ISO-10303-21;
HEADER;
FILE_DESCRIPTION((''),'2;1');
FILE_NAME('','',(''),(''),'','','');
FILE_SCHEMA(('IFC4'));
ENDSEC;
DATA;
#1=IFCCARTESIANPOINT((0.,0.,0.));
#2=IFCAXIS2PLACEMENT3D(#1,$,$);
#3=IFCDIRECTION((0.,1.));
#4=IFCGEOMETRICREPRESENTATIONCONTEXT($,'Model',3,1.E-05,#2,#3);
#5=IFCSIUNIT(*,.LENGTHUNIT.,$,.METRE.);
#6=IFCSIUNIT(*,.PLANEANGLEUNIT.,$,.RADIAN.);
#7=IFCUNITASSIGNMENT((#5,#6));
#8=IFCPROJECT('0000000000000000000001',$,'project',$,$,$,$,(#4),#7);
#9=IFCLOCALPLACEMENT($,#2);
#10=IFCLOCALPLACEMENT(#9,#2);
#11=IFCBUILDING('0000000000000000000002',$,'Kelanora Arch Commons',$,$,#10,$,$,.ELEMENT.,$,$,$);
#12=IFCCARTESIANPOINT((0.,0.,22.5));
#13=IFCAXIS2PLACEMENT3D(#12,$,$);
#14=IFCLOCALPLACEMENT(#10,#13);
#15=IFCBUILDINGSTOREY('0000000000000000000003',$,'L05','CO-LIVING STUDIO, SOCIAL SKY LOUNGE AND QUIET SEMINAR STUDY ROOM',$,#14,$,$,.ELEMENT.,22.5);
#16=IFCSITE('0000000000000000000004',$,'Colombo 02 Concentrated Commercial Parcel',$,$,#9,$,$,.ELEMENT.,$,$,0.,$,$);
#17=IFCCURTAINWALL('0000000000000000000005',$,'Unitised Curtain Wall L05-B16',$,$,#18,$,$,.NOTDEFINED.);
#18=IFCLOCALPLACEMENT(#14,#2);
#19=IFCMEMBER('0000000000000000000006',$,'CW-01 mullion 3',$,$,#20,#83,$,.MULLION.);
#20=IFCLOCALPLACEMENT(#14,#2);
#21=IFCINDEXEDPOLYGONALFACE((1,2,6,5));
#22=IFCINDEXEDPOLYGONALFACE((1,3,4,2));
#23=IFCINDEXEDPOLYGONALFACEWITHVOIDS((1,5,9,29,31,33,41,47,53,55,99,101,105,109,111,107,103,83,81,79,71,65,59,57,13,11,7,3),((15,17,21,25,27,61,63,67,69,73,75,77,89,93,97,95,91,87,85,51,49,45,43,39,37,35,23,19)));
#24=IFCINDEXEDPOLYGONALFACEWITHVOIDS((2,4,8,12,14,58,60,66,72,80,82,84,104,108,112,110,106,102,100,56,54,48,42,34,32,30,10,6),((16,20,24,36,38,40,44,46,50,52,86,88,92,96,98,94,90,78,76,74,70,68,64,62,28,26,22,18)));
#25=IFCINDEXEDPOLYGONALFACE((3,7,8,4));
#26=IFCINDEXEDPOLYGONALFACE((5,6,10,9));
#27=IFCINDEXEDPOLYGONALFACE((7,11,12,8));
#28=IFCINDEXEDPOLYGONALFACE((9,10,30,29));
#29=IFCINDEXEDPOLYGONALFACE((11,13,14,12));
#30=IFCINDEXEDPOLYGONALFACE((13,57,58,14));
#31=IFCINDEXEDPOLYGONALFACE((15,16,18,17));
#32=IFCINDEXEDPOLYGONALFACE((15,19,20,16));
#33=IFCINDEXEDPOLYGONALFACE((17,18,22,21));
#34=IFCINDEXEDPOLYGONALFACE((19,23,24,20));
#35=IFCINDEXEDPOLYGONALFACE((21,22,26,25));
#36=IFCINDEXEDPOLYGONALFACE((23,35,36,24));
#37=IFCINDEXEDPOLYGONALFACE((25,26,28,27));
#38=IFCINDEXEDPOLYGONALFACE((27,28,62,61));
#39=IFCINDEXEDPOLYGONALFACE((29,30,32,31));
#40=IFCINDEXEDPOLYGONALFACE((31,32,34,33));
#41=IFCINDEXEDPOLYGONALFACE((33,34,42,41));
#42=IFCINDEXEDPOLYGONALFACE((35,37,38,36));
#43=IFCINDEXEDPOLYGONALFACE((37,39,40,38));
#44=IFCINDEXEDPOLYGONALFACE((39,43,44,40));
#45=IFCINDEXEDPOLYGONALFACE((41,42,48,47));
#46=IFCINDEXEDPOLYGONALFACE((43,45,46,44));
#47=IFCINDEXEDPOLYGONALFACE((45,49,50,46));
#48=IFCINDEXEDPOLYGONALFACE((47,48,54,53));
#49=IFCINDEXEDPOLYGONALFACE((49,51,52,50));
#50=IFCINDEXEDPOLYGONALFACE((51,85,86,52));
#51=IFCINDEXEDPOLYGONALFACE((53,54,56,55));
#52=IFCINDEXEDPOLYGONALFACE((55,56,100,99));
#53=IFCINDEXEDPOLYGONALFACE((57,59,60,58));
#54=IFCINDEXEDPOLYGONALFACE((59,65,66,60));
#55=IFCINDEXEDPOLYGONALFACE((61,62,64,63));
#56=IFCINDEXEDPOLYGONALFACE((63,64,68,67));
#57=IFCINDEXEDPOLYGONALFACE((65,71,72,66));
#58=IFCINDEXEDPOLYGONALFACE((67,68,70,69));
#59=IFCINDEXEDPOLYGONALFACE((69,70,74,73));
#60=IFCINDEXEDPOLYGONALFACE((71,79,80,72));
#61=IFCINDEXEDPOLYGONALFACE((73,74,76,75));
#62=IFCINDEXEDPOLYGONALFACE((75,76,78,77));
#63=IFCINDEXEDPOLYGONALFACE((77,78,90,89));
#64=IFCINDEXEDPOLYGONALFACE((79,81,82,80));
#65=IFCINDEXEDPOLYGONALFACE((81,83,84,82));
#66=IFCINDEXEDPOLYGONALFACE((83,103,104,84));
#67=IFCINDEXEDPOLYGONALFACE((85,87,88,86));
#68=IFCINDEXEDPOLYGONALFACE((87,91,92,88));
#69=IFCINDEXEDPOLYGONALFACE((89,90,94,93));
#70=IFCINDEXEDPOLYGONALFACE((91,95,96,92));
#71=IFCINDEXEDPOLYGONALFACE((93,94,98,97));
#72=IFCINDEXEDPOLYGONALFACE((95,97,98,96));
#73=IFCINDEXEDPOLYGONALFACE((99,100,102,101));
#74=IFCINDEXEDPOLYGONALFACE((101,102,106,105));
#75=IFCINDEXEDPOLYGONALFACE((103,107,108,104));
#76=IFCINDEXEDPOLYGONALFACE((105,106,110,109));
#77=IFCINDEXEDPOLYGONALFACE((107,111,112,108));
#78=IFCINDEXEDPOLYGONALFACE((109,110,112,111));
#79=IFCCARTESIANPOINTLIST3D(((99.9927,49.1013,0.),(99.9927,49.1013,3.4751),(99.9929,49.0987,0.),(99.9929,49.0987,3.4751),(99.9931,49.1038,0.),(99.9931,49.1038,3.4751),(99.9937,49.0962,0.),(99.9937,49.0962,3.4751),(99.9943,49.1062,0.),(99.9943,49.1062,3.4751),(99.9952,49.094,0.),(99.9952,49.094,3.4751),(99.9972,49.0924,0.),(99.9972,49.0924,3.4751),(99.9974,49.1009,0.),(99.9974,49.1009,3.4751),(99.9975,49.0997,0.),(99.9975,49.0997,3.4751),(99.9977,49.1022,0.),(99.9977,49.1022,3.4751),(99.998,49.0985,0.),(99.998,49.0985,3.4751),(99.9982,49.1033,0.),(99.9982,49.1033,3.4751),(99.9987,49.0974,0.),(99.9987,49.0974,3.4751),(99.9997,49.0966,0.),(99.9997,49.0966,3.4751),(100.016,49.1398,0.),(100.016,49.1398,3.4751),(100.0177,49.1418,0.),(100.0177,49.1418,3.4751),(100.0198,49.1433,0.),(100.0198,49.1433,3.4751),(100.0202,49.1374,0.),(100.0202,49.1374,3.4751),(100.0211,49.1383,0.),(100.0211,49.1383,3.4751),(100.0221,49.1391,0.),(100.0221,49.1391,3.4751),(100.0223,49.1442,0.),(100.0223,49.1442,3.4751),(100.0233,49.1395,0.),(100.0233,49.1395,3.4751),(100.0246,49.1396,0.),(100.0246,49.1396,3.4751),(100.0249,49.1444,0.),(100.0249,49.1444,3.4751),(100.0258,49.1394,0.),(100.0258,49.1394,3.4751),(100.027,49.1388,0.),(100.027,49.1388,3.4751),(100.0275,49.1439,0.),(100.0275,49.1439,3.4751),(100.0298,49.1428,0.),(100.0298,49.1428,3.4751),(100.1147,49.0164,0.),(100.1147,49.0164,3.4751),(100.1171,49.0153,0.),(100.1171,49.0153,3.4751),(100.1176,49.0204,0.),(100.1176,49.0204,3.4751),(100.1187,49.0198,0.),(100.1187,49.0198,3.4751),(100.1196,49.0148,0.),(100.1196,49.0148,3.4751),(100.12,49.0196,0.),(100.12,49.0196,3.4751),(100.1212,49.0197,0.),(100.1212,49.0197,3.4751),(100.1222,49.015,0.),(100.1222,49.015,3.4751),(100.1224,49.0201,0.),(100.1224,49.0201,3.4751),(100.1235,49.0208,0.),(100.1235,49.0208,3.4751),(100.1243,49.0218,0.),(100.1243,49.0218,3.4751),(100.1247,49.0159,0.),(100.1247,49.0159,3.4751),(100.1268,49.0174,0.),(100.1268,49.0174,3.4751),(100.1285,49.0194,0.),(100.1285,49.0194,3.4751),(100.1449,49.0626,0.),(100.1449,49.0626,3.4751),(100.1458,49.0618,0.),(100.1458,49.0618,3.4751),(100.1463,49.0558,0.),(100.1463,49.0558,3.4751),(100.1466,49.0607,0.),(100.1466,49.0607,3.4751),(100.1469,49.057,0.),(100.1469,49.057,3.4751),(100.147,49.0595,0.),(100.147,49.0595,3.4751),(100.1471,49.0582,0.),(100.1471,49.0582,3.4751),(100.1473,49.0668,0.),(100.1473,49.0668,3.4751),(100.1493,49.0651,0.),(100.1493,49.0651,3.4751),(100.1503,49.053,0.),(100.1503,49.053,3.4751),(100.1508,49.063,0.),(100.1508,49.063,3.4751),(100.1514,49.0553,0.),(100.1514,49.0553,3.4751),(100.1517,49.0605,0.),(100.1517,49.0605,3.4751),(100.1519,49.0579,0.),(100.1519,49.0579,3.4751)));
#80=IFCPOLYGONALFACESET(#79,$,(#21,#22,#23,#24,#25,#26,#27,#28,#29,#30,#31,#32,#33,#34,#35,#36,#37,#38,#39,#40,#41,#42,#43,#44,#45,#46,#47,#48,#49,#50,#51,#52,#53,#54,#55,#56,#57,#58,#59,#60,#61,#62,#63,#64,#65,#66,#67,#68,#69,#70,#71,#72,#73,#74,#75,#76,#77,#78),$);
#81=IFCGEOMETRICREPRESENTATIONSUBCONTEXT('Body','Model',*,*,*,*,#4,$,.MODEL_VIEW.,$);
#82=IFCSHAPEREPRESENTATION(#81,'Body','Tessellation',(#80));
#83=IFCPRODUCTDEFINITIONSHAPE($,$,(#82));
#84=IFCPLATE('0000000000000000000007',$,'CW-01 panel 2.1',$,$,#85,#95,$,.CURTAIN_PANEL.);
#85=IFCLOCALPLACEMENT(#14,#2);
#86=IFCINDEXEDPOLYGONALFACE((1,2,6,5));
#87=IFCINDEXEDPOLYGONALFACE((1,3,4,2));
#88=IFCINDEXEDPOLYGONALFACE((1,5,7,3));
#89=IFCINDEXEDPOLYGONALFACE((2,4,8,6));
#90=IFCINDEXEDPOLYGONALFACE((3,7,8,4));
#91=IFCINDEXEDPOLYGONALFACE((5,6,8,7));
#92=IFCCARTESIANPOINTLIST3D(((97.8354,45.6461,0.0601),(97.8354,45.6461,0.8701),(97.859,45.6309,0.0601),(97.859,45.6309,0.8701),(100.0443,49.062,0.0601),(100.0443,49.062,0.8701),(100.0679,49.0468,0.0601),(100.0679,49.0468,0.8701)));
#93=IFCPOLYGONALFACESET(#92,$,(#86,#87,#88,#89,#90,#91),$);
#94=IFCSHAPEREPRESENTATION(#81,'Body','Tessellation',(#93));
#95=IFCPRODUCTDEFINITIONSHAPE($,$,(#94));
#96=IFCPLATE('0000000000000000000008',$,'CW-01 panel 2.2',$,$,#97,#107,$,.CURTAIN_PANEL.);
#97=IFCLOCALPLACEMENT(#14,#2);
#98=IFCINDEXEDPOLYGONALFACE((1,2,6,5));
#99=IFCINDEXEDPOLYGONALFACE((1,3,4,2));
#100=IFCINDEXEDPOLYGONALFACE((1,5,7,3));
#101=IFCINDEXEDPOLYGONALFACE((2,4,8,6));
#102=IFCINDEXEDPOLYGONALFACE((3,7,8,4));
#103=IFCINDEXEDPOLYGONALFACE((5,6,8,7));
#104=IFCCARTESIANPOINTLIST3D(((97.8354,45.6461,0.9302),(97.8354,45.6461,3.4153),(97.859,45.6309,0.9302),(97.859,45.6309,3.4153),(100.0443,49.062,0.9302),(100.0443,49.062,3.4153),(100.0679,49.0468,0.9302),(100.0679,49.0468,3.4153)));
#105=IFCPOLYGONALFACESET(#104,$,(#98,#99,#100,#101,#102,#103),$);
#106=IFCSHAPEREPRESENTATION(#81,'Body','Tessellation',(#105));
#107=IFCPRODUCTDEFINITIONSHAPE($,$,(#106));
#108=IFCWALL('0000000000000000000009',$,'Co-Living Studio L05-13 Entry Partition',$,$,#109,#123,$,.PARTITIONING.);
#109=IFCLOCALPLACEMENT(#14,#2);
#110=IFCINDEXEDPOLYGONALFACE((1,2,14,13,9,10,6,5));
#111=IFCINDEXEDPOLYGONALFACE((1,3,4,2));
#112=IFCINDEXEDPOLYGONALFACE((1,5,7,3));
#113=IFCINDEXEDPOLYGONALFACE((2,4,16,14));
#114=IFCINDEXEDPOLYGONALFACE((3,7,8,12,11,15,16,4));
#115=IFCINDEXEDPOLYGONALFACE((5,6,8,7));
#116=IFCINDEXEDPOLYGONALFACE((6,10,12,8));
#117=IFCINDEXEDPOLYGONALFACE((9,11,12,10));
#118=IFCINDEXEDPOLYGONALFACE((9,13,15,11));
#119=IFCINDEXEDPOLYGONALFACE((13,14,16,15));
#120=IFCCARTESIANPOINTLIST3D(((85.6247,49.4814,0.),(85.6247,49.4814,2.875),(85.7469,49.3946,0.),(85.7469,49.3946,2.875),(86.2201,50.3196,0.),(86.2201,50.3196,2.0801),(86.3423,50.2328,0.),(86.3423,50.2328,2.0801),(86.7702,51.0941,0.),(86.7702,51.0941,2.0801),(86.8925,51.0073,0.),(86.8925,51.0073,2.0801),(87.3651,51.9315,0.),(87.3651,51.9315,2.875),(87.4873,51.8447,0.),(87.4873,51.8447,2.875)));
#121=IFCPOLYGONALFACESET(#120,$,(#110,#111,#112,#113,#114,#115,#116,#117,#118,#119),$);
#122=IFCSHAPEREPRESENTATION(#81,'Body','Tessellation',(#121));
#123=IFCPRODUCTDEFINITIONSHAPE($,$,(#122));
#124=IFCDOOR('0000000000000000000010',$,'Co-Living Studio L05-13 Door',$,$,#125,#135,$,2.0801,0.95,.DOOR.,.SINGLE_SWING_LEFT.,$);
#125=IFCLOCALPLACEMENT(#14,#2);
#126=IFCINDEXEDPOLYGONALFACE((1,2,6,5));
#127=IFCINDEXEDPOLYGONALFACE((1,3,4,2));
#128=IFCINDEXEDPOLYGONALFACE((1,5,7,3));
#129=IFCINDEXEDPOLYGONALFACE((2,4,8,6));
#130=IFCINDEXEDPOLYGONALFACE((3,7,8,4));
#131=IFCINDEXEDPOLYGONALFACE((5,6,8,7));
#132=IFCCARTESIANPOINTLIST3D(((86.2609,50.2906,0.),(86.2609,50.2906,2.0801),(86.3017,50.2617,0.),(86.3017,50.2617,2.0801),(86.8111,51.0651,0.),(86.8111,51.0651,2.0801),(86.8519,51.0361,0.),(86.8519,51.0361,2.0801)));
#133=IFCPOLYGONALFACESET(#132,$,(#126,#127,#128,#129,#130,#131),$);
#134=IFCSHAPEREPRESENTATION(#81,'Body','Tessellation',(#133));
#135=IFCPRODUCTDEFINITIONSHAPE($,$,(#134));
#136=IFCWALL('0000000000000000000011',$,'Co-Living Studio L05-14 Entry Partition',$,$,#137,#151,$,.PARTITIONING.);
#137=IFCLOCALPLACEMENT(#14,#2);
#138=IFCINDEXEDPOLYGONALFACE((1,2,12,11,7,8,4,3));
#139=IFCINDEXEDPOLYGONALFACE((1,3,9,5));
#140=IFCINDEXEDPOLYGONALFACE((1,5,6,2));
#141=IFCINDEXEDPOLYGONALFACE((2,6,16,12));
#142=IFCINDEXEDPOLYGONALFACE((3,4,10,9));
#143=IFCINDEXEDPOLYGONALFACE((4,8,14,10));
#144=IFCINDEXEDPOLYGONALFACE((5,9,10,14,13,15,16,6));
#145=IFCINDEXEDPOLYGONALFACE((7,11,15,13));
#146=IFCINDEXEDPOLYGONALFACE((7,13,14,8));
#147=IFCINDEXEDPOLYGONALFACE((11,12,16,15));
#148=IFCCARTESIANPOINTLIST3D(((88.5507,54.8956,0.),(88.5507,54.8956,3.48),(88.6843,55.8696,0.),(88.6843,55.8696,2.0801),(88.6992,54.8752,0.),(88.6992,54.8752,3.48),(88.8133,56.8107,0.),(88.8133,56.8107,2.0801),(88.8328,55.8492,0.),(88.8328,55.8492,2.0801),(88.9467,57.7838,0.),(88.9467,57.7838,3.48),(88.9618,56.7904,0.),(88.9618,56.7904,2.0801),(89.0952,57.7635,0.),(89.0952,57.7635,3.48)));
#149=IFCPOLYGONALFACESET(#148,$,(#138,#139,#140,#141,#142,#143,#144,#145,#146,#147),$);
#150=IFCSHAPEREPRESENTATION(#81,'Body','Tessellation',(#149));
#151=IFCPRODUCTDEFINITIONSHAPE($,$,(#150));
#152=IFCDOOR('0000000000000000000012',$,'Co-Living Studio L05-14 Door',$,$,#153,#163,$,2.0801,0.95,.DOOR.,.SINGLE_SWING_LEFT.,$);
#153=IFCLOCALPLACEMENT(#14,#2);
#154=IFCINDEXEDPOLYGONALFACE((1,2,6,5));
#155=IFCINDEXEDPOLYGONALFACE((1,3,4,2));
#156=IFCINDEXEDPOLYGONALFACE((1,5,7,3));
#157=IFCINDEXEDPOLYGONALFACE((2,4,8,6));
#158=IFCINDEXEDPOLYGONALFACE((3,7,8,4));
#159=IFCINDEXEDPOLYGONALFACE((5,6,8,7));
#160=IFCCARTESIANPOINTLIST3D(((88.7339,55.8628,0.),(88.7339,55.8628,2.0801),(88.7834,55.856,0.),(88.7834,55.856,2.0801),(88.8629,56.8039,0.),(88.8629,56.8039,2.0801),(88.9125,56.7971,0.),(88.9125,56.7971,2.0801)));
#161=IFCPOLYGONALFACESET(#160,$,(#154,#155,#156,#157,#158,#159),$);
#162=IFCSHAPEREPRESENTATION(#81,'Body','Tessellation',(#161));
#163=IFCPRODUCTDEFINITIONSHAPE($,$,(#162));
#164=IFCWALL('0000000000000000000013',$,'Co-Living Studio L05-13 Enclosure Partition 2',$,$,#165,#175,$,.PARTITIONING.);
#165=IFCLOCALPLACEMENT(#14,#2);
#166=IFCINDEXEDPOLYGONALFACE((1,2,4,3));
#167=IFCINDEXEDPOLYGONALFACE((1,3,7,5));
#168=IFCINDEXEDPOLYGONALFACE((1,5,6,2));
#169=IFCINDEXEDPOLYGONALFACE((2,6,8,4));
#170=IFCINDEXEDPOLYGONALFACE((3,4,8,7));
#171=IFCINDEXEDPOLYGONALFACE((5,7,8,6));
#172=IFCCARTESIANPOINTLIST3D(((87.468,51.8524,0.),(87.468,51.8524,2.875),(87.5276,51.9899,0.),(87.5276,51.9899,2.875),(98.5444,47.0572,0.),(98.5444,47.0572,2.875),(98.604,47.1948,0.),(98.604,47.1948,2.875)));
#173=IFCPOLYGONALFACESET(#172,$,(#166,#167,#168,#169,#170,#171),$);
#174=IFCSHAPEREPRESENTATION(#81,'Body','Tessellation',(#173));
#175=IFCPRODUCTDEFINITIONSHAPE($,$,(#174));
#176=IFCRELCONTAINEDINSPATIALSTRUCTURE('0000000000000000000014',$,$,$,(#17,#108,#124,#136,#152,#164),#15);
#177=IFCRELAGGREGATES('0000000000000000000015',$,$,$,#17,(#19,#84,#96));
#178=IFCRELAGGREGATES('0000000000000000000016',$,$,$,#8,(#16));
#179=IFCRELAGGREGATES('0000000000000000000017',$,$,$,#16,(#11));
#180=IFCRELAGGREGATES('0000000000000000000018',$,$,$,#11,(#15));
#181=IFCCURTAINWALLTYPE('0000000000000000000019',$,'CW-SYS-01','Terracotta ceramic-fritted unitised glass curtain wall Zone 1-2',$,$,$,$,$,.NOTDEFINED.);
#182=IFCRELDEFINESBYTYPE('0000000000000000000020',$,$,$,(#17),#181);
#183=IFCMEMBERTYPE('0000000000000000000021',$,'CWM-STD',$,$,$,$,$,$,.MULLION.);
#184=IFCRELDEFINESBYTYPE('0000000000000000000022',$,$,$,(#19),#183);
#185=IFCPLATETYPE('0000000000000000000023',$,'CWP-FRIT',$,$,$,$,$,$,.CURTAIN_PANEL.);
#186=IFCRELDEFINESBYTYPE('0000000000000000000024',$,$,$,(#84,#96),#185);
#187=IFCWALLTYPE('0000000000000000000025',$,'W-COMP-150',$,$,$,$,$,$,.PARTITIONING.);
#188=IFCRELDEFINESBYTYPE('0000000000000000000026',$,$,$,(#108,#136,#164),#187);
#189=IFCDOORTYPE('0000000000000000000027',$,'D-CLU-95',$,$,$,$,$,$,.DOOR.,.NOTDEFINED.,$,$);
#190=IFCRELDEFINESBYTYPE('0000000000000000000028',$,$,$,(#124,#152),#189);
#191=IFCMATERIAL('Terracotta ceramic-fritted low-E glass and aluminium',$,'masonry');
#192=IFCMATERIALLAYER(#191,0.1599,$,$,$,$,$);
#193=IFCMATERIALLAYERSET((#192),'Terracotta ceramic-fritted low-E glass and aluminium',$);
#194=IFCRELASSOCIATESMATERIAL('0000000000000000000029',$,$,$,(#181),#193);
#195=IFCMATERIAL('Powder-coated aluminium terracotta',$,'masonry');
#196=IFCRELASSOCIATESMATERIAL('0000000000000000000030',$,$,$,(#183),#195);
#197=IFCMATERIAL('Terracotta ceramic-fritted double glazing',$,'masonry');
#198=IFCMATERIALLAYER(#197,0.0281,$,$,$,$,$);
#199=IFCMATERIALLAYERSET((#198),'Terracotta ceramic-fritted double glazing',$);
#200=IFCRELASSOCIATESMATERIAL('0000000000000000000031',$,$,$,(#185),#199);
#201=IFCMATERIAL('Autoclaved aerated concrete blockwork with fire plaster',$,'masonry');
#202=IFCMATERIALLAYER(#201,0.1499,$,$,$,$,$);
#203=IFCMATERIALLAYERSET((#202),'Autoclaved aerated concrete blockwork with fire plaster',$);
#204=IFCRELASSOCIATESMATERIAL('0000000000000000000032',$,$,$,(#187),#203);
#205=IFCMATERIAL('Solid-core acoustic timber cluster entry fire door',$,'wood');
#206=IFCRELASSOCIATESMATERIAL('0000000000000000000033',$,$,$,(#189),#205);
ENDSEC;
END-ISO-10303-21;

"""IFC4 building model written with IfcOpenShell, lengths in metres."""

from ifc_helpers import new_model, si_unit, direction, frame, frame_2d, origin, origin_2d, place, context, subcontext, project, spatial, rectangle, hollow_rectangle, extrude, source, transform, mapped, material, layer, layer_set, material_profile, profile_set, type_object, element, fill, aggregate, save


model = new_model("IFC4")

# Units and contexts
model_context = context("Model", 3, precision=1e-05, world=origin(), true_north=direction((0.0, 1.0)))
body_context = subcontext(model_context, "Body", "Model", "MODEL_VIEW")
ifc_project = project(units=[si_unit("LENGTHUNIT", "METRE"), si_unit("PLANEANGLEUNIT", "RADIAN")], contexts=[model_context])

# Site, building, storey
site_placement = place(None, origin())
site = spatial("IfcSite", under=ifc_project, at=site_placement, Name="Colombo 02 Concentrated Commercial Parcel", CompositionType="ELEMENT", RefElevation=0.0)
building_placement = place(site_placement, origin())
building = spatial("IfcBuilding", under=site, at=building_placement, Name="Kelanora Arch Commons", CompositionType="ELEMENT")
storey_placement = place(building_placement, frame((0.0, 0.0, 22.5)))
storey = spatial("IfcBuildingStorey", under=building, at=storey_placement, Name="L05", Description="CO-LIVING STUDIO, SOCIAL SKY LOUNGE AND QUIET SEMINAR STUDY ROOM", CompositionType="ELEMENT", Elevation=22.5)

# Curtain wall, member, plates
ifc_material_1 = material(Name="Terracotta ceramic-fritted low-E glass and aluminium", Category="masonry")
ifc_layer_1 = layer(ifc_material_1, 0.1599)
ifc_layer_set_1 = layer_set([ifc_layer_1], Name="Terracotta ceramic-fritted low-E glass and aluminium")
curtain_wall_type = type_object("IfcCurtainWallType", Name="CW-SYS-01", Description="Terracotta ceramic-fritted unitised glass curtain wall Zone 1-2", PredefinedType="NOTDEFINED", material=ifc_layer_set_1)
curtain_wall_placement = place(storey_placement, origin())
curtain_wall = element("IfcCurtainWall", 1, at=curtain_wall_placement, inside=storey, type_object=curtain_wall_type, Name="Unitised Curtain Wall L05-B16", PredefinedType="NOTDEFINED")
ifc_material_2 = material(Name="Powder-coated aluminium terracotta", Category="masonry")
ifc_material_profile_1 = material_profile(ifc_material_2, hollow_rectangle(XDim=0.1599, YDim=0.0601, WallThickness=0.0049, InnerFilletRadius=0.0049, OuterFilletRadius=0.01, at=origin_2d()), Name="CWM160x60")
ifc_profile_set_1 = profile_set([ifc_material_profile_1], Name="Powder-coated aluminium terracotta")
member_type = type_object("IfcMemberType", Name="CWM-STD", PredefinedType="MULLION", material=ifc_profile_set_1)
member_placement = place(storey_placement, frame((100.0723, 49.0796, 0.0), z_axis=(0.0, 0.0, 1.0), x_axis=(-0.83973, 0.543004, 0.0)))
member = element("IfcMember", 2, at=member_placement, type_object=member_type, Name="CW-01 mullion 3", PredefinedType="MULLION", context=body_context, shape_type="SweptSolid", body=[
    extrude(hollow_rectangle(XDim=0.1599, YDim=0.0601, WallThickness=0.0049, InnerFilletRadius=0.0049, OuterFilletRadius=0.01, at=origin_2d()), origin(), (0.0, 0.0, 1.0), 3.4751),
])
ifc_material_3 = material(Name="Terracotta ceramic-fritted double glazing", Category="masonry")
ifc_layer_2 = layer(ifc_material_3, 0.0281)
ifc_layer_set_2 = layer_set([ifc_layer_2], Name="Terracotta ceramic-fritted double glazing")
plate_type = type_object("IfcPlateType", Name="CWP-FRIT", PredefinedType="CURTAIN_PANEL", material=ifc_layer_set_2)
shared_shape_1 = source(origin(), body_context, "Body", "SweptSolid", [
    extrude(rectangle(XDim=4.0679, YDim=0.0281, at=origin_2d()), origin(), (0.0, 0.0, 1.0), 0.8101),
])
plate_1_placement = place(storey_placement, frame((98.9517, 47.3464, 0.0601), z_axis=(0.0, 0.0, 1.0), x_axis=(0.543004, 0.83973, 0.0)))
plate_1 = element("IfcPlate", 3, at=plate_1_placement, type_object=plate_type, Name="CW-01 panel 2.1", PredefinedType="CURTAIN_PANEL", context=body_context, shape_type="MappedRepresentation", body=[
    mapped(shared_shape_1, transform((0.0, 0.0, 0.0), scale=1.0)),
])
shared_shape_2 = source(origin(), body_context, "Body", "SweptSolid", [
    extrude(rectangle(XDim=4.0679, YDim=0.0281, at=origin_2d()), origin(), (0.0, 0.0, 1.0), 2.4851),
])
plate_2_placement = place(storey_placement, frame((98.9517, 47.3464, 0.9302), z_axis=(0.0, 0.0, 1.0), x_axis=(0.543004, 0.83973, 0.0)))
plate_2 = element("IfcPlate", 4, at=plate_2_placement, type_object=plate_type, Name="CW-01 panel 2.2", PredefinedType="CURTAIN_PANEL", context=body_context, shape_type="MappedRepresentation", body=[
    mapped(shared_shape_2, transform((0.0, 0.0, 0.0), scale=1.0)),
])
aggregate(curtain_wall, [member, plate_1, plate_2])

# Walls, openings, doors
ifc_material_4 = material(Name="Autoclaved aerated concrete blockwork with fire plaster", Category="masonry")
ifc_layer_3 = layer(ifc_material_4, 0.1499)
ifc_layer_set_3 = layer_set([ifc_layer_3], Name="Autoclaved aerated concrete blockwork with fire plaster")
wall_type_1 = type_object("IfcWallType", Name="W-COMP-150", PredefinedType="PARTITIONING", material=ifc_layer_set_3)
wall_1_placement = place(storey_placement, frame((85.6858, 49.438, 0.0), z_axis=(0.0, 0.0, 1.0), x_axis=(0.579108, 0.815251, 0.0)))
wall_1 = element("IfcWall", 5, at=wall_1_placement, inside=storey, type_object=wall_type_1, Name="Co-Living Studio L05-13 Entry Partition", PredefinedType="PARTITIONING", context=body_context, shape_type="SweptSolid", body=[
    extrude(rectangle(XDim=3.0054, YDim=0.1499, at=frame_2d((1.5027, 0.0))), origin(), (0.0, 0.0, 1.0), 2.875),
])
opening_1_placement = place(wall_1_placement, frame((1.0281, 0.0, 0.0)))
opening_1 = element("IfcOpeningElement", 6, at=opening_1_placement, cuts=wall_1, PredefinedType="OPENING", context=body_context, shape_type="SweptSolid", body=[
    extrude(rectangle(XDim=0.95, YDim=2.0801, at=frame_2d((0.4751, 1.04))), frame((0.0, 0.085, 0.0), z_axis=(0.0, -1.0, 0.0), x_axis=(1.0, 0.0, 0.0)), (0.0, 0.0, 1.0), 0.1699),
])
ifc_material_5 = material(Name="Solid-core acoustic timber cluster entry fire door", Category="wood")
door_type_1 = type_object("IfcDoorType", Name="D-CLU-95", OperationType="NOTDEFINED", PredefinedType="DOOR", material=ifc_material_5)
door_1_placement = place(opening_1_placement, origin())
door_1 = element("IfcDoor", 7, at=door_1_placement, inside=storey, type_object=door_type_1, Name="Co-Living Studio L05-13 Door", OperationType="SINGLE_SWING_LEFT", OverallHeight=2.0801, OverallWidth=0.95, PredefinedType="DOOR", context=body_context, shape_type="SweptSolid", body=[
    extrude(rectangle(XDim=0.95, YDim=2.0801, at=frame_2d((0.4751, 1.04))), frame((0.0, 0.0249, 0.0), z_axis=(0.0, -1.0, 0.0), x_axis=(1.0, 0.0, 0.0)), (0.0, 0.0, 1.0), 0.05),
])
fill(opening_1, door_1)
wall_2_placement = place(storey_placement, frame((88.625, 54.8855, 0.0), z_axis=(0.0, 0.0, 1.0), x_axis=(0.135838, 0.990731, 0.0)))
wall_2 = element("IfcWall", 8, at=wall_2_placement, inside=storey, type_object=wall_type_1, Name="Co-Living Studio L05-14 Entry Partition", PredefinedType="PARTITIONING", context=body_context, shape_type="SweptSolid", body=[
    extrude(rectangle(XDim=2.9153, YDim=0.1499, at=frame_2d((1.4575, 0.0))), origin(), (0.0, 0.0, 1.0), 3.48),
])
opening_2_placement = place(wall_2_placement, frame((0.9829, 0.0, 0.0)))
opening_2 = element("IfcOpeningElement", 9, at=opening_2_placement, cuts=wall_2, PredefinedType="OPENING", context=body_context, shape_type="SweptSolid", body=[
    extrude(rectangle(XDim=0.95, YDim=2.0801, at=frame_2d((0.4751, 1.04))), frame((0.0, 0.085, 0.0), z_axis=(0.0, -1.0, 0.0), x_axis=(1.0, 0.0, 0.0)), (0.0, 0.0, 1.0), 0.1699),
])
door_2_placement = place(opening_2_placement, origin())
door_2 = element("IfcDoor", 10, at=door_2_placement, inside=storey, type_object=door_type_1, Name="Co-Living Studio L05-14 Door", OperationType="SINGLE_SWING_LEFT", OverallHeight=2.0801, OverallWidth=0.95, PredefinedType="DOOR", context=body_context, shape_type="SweptSolid", body=[
    extrude(rectangle(XDim=0.95, YDim=2.0801, at=frame_2d((0.4751, 1.04))), frame((0.0, 0.0249, 0.0), z_axis=(0.0, -1.0, 0.0), x_axis=(1.0, 0.0, 0.0)), (0.0, 0.0, 1.0), 0.05),
])
fill(opening_2, door_2)

# Wall
wall_3_placement = place(storey_placement, frame((87.4978, 51.9211, 0.0), z_axis=(0.0, 0.0, 1.0), x_axis=(0.917695, -0.397286, 0.0)))
element("IfcWall", 11, at=wall_3_placement, inside=storey, type_object=wall_type_1, Name="Co-Living Studio L05-13 Enclosure Partition 2", PredefinedType="PARTITIONING", context=body_context, shape_type="SweptSolid", body=[
    extrude(rectangle(XDim=12.0698, YDim=0.1499, at=frame_2d((6.0349, 0.0))), origin(), (0.0, 0.0, 1.0), 2.875),
])

save(model, "model.ifc")
